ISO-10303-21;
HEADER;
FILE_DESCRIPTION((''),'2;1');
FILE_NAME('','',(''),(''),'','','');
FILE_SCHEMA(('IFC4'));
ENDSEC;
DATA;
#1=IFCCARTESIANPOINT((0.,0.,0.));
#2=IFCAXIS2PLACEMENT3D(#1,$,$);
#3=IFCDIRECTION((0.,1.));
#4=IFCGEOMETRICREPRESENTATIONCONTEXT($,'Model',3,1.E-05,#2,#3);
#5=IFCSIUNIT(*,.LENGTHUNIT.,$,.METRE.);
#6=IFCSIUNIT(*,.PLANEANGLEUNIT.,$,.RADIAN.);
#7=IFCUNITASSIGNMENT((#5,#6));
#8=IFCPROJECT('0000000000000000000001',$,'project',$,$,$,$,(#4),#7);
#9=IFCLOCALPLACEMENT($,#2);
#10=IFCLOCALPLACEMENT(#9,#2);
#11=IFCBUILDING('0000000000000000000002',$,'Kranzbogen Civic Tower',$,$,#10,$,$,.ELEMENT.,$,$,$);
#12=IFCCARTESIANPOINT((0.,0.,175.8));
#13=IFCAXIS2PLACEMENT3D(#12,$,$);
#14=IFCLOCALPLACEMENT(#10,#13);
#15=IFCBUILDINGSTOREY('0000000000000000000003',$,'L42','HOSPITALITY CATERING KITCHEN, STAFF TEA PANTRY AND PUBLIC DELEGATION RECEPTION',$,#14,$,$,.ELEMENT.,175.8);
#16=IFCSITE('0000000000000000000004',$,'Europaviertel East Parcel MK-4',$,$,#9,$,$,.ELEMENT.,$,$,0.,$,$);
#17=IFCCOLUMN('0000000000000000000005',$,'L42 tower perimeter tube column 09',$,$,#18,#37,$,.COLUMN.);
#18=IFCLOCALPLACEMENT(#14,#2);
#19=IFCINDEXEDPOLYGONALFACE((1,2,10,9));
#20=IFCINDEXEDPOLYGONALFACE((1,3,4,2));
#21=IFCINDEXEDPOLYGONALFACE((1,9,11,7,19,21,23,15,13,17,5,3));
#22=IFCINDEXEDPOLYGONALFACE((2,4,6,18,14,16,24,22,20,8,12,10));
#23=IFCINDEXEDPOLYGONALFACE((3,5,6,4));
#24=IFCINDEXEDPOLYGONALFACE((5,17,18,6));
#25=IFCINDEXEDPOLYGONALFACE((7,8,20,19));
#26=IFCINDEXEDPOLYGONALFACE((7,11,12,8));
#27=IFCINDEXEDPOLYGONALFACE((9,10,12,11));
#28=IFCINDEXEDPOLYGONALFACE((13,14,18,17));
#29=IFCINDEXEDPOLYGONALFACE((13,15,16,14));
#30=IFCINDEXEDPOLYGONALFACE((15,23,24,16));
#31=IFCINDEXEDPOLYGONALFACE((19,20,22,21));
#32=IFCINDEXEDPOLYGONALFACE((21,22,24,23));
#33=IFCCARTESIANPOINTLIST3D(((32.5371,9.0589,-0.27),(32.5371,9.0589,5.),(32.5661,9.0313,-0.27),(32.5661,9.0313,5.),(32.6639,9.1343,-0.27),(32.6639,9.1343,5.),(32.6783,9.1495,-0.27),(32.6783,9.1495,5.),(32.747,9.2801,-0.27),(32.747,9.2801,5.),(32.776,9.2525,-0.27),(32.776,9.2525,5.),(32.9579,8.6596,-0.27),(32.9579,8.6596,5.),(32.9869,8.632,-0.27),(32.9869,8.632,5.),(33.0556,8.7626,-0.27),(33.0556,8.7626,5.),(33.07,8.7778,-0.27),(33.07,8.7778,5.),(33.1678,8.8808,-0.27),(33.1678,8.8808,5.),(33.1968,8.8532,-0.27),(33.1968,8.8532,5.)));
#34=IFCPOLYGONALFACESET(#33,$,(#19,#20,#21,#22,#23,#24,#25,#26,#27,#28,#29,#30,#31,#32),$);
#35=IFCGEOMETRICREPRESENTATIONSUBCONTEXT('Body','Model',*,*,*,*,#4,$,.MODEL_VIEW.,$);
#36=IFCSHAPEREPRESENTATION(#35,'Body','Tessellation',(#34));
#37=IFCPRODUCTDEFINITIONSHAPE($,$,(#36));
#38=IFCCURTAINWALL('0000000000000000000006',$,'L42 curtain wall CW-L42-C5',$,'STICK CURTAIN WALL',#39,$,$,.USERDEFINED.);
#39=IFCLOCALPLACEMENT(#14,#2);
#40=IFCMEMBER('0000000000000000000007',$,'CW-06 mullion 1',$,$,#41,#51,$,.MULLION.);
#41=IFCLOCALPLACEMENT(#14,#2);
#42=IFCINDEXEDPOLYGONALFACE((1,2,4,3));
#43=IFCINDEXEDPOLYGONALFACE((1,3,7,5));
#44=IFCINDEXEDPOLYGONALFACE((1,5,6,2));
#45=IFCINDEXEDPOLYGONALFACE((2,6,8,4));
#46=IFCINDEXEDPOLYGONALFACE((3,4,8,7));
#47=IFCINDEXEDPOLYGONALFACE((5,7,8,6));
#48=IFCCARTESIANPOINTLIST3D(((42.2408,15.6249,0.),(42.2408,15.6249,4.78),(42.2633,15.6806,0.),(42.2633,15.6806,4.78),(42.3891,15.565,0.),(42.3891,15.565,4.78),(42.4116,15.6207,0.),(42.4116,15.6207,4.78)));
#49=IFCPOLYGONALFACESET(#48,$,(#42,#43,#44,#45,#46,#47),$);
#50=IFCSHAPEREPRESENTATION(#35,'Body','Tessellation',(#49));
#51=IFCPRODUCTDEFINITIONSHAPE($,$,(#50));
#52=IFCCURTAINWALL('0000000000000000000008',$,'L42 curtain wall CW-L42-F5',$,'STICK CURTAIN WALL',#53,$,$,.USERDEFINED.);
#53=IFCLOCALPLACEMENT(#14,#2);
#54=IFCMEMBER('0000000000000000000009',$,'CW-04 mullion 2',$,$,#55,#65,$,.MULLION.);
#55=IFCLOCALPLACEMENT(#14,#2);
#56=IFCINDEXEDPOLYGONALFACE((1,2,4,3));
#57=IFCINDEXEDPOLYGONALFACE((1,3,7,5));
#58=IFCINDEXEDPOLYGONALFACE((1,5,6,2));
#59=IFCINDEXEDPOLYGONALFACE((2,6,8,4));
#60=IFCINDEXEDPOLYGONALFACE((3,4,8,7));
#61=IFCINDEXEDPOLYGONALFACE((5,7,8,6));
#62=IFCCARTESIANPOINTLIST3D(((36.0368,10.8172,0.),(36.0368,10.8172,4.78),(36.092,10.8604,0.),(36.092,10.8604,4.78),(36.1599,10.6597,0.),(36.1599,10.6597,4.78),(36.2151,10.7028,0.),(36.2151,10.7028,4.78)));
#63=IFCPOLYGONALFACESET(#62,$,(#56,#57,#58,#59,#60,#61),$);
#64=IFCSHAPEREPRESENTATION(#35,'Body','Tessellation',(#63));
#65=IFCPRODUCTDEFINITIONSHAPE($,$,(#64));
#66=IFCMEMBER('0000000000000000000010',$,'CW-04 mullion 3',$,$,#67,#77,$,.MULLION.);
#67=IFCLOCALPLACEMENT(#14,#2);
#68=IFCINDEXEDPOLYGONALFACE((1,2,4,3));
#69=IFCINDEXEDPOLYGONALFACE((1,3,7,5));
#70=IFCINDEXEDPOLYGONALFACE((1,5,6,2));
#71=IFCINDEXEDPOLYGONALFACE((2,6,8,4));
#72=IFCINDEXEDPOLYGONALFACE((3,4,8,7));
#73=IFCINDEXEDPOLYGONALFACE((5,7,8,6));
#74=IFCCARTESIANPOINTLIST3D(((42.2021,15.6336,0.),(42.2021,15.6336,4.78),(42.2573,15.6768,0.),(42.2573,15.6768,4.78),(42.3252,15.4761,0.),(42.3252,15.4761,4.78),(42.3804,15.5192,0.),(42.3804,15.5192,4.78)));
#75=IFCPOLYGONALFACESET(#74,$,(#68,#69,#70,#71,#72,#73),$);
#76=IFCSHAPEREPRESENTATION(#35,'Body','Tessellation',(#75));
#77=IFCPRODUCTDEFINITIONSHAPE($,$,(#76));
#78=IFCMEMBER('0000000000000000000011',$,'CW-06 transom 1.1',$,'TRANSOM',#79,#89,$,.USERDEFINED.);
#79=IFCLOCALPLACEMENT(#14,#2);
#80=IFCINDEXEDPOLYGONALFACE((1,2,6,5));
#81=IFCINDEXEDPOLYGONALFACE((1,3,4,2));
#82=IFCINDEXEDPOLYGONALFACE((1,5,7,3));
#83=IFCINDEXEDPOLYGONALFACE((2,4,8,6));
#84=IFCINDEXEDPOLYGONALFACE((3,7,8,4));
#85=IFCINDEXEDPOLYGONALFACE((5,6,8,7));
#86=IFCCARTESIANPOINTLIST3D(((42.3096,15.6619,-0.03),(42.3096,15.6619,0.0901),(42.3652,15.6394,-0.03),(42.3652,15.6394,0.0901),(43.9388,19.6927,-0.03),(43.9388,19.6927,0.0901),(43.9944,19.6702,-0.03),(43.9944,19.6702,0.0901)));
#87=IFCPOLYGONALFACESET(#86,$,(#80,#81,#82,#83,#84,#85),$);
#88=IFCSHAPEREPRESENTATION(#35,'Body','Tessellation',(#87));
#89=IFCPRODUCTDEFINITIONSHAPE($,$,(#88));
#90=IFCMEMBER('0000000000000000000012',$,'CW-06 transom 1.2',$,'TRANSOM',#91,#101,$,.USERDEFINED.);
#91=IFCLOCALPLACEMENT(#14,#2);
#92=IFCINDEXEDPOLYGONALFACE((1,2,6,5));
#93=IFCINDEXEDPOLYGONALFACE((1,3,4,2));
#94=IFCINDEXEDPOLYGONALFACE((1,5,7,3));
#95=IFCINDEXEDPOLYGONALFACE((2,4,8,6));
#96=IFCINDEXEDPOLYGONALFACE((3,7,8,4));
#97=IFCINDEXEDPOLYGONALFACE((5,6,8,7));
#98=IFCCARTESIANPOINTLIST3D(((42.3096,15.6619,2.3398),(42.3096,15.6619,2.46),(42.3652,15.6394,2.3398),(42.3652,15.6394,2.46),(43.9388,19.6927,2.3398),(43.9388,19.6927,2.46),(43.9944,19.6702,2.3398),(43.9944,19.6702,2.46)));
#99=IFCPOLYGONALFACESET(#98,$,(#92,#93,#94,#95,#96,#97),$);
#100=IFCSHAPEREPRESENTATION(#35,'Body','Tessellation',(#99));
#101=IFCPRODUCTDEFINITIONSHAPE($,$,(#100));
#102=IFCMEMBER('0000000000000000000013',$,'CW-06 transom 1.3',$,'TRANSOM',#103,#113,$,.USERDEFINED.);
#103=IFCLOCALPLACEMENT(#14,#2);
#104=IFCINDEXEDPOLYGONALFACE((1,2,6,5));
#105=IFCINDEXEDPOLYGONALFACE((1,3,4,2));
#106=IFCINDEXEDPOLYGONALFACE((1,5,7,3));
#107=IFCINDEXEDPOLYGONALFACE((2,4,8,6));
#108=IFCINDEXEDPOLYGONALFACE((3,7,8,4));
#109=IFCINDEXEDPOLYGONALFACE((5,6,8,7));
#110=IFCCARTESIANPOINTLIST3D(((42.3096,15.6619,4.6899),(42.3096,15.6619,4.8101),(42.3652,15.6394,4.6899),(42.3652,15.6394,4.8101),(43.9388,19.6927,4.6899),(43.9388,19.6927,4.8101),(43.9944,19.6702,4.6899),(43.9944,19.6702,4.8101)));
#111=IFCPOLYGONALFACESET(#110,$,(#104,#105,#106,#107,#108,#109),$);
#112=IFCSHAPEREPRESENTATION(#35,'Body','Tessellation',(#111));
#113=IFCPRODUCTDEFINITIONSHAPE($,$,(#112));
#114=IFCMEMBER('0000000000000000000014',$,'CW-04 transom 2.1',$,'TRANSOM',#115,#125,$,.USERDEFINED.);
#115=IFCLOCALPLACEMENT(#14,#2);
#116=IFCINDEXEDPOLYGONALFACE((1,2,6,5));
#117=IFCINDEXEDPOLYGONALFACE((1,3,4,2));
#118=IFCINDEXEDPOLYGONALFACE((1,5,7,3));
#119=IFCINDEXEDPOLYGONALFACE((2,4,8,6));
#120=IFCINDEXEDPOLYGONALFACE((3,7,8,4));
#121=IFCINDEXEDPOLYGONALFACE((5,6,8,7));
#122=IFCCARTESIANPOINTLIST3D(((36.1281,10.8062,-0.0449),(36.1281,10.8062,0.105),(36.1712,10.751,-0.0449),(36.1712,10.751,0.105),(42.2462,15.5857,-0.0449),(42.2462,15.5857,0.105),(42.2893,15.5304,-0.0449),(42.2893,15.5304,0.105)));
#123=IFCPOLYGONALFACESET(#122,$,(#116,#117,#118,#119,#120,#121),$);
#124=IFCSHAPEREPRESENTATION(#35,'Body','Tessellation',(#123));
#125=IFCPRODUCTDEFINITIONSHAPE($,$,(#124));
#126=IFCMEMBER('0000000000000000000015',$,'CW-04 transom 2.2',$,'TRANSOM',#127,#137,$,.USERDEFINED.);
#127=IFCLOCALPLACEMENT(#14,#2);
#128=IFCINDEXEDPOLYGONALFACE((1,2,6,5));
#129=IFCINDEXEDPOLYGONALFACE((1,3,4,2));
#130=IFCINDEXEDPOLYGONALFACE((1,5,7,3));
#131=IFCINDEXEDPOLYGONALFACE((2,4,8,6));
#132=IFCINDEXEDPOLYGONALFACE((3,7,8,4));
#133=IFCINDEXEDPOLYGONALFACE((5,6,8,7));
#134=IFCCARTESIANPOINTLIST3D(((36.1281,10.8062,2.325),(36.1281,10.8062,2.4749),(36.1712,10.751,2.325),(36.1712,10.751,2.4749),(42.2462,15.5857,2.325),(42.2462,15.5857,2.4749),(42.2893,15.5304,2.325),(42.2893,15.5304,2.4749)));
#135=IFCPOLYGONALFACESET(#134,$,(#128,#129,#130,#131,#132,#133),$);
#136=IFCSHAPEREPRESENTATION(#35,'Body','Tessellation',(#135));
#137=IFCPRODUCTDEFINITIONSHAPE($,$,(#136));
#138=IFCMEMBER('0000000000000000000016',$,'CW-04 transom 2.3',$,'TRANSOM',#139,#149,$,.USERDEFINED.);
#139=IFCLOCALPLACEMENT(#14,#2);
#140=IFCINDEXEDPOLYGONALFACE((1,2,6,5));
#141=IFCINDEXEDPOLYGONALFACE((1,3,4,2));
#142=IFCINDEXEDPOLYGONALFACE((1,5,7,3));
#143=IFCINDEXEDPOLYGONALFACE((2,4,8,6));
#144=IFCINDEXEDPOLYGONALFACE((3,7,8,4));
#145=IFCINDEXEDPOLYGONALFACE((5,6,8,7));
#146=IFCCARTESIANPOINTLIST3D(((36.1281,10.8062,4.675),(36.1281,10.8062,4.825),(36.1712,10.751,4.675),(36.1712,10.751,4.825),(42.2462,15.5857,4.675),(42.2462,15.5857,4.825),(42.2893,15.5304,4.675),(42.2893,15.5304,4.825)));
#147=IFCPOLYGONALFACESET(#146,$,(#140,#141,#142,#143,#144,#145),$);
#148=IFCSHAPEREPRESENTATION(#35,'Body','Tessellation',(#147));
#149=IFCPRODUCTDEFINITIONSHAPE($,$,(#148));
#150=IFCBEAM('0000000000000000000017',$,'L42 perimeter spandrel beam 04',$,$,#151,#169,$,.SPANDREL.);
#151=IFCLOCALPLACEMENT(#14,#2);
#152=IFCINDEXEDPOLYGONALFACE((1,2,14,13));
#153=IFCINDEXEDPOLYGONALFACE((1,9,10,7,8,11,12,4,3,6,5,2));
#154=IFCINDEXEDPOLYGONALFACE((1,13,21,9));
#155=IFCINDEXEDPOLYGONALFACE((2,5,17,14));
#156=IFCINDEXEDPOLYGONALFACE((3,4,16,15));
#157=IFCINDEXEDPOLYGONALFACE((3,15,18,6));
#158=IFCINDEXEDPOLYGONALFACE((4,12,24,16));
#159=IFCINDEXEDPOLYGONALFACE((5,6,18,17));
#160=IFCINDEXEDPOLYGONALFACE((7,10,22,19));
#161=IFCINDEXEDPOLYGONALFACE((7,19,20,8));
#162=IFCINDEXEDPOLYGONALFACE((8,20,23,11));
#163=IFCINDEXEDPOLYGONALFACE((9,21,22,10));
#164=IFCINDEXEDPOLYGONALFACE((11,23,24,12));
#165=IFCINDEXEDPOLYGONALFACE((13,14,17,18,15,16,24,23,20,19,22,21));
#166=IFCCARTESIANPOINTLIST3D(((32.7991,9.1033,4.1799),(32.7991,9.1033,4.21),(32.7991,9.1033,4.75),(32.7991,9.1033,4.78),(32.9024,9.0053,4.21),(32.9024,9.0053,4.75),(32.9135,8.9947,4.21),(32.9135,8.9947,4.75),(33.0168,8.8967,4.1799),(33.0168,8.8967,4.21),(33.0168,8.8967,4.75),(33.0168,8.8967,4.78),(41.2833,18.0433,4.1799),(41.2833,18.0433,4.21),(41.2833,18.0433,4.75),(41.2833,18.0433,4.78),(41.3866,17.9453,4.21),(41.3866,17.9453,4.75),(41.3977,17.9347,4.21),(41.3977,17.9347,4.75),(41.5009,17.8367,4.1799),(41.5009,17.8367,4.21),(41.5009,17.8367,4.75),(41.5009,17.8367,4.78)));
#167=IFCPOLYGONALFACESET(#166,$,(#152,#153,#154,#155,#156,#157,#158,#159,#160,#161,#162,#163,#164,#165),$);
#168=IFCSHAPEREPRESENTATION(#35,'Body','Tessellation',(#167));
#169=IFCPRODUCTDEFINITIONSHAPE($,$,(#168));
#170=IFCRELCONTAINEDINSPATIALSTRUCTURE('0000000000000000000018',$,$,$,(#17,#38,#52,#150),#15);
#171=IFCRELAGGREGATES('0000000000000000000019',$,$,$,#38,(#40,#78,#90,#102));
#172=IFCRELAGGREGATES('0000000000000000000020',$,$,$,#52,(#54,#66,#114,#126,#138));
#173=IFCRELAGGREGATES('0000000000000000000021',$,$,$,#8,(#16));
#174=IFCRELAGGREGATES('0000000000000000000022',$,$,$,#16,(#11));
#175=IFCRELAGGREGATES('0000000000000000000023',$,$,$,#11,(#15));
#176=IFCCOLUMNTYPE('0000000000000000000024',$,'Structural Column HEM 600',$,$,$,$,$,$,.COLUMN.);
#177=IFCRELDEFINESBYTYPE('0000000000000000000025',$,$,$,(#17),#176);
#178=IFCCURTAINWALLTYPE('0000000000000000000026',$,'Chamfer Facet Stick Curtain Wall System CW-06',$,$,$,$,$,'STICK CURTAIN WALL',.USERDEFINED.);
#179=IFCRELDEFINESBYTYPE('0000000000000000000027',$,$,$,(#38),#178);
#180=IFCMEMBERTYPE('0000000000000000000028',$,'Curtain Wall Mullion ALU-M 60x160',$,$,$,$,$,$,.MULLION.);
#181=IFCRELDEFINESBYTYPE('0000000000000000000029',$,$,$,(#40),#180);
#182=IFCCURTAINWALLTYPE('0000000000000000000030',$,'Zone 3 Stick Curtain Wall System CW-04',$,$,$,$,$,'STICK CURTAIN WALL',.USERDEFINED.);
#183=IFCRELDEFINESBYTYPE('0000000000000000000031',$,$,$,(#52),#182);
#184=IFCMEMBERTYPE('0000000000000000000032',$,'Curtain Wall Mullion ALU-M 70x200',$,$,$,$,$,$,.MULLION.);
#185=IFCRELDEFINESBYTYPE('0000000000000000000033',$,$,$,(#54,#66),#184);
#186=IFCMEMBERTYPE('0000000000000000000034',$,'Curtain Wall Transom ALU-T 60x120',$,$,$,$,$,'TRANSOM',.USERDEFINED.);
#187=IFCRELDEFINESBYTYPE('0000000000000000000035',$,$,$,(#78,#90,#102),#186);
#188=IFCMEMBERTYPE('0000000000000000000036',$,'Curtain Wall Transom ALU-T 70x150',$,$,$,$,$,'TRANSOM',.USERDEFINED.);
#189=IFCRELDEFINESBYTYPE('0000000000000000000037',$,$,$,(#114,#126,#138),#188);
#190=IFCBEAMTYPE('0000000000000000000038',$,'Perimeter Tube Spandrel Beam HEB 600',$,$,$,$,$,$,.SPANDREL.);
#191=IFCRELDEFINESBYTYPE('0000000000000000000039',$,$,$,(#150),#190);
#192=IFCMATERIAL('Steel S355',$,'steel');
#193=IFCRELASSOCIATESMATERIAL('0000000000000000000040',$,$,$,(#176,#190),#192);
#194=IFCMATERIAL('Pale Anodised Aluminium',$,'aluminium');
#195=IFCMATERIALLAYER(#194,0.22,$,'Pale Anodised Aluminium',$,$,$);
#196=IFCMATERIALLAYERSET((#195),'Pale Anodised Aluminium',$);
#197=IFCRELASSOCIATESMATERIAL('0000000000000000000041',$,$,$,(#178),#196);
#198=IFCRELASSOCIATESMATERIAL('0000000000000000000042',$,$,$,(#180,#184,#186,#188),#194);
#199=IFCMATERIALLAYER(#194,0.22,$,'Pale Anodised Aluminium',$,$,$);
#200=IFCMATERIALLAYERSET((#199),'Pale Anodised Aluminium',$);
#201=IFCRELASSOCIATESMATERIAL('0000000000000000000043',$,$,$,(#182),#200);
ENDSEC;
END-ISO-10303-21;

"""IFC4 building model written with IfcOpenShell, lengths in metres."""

from ifc_helpers import new_model, si_unit, direction, frame, origin, origin_2d, place, context, subcontext, project, spatial, rectangle, i_section, extrude, material, layer, layer_set, material_profile, profile_set, type_object, element, aggregate, save


model = new_model("IFC4")

# Units and contexts
model_context = context("Model", 3, precision=1e-05, world=origin(), true_north=direction((0.0, 1.0)))
body_context = subcontext(model_context, "Body", "Model", "MODEL_VIEW")
ifc_project = project(units=[si_unit("LENGTHUNIT", "METRE"), si_unit("PLANEANGLEUNIT", "RADIAN")], contexts=[model_context])

# Site, building, storey
site_placement = place(None, origin())
site = spatial("IfcSite", under=ifc_project, at=site_placement, Name="Europaviertel East Parcel MK-4", CompositionType="ELEMENT", RefElevation=0.0)
building_placement = place(site_placement, origin())
building = spatial("IfcBuilding", under=site, at=building_placement, Name="Kranzbogen Civic Tower", CompositionType="ELEMENT")
storey_placement = place(building_placement, frame((0.0, 0.0, 175.8)))
storey = spatial("IfcBuildingStorey", under=building, at=storey_placement, Name="L42", Description="HOSPITALITY CATERING KITCHEN, STAFF TEA PANTRY AND PUBLIC DELEGATION RECEPTION", CompositionType="ELEMENT", Elevation=175.8)

# Column
ifc_material_1 = material(Name="Steel S355", Category="steel")
ifc_material_profile_1 = material_profile(ifc_material_1, i_section(OverallWidth=0.3049, OverallDepth=0.6201, WebThickness=0.021, FlangeThickness=0.04, at=origin_2d()), Name="HEM 600")
ifc_profile_set_1 = profile_set([ifc_material_profile_1], Name="Steel S355")
column_type = type_object("IfcColumnType", Name="Structural Column HEM 600", PredefinedType="COLUMN", material=ifc_profile_set_1)
column_placement = place(storey_placement, frame((32.8669, 8.9561, -0.27), z_axis=(0.0, 0.0, 1.0), x_axis=(0.688355, 0.725374, 0.0)))
element("IfcColumn", 1, at=column_placement, inside=storey, type_object=column_type, Name="L42 tower perimeter tube column 09", PredefinedType="COLUMN", context=body_context, shape_type="SweptSolid", body=[
    extrude(i_section(OverallWidth=0.3049, OverallDepth=0.6201, WebThickness=0.021, FlangeThickness=0.04, at=origin_2d()), origin(), (0.0, 0.0, 1.0), 5.27),
])

# Curtain wall, member
ifc_material_2 = material(Name="Pale Anodised Aluminium", Category="aluminium")
ifc_layer_1 = layer(ifc_material_2, 0.22, Name="Pale Anodised Aluminium")
ifc_layer_set_1 = layer_set([ifc_layer_1], Name="Pale Anodised Aluminium")
curtain_wall_type_1 = type_object("IfcCurtainWallType", Name="Chamfer Facet Stick Curtain Wall System CW-06", ElementType="STICK CURTAIN WALL", PredefinedType="USERDEFINED", material=ifc_layer_set_1)
curtain_wall_1_placement = place(storey_placement, origin())
curtain_wall_1 = element("IfcCurtainWall", 2, at=curtain_wall_1_placement, inside=storey, type_object=curtain_wall_type_1, Name="L42 curtain wall CW-L42-C5", ObjectType="STICK CURTAIN WALL", PredefinedType="USERDEFINED")
ifc_material_profile_2 = material_profile(ifc_material_2, rectangle(XDim=0.0601, YDim=0.1599, at=origin_2d()), Name="ALU-M 60x160")
ifc_profile_set_2 = profile_set([ifc_material_profile_2], Name="Pale Anodised Aluminium")
member_type_1 = type_object("IfcMemberType", Name="Curtain Wall Mullion ALU-M 60x160", PredefinedType="MULLION", material=ifc_profile_set_2)
member_1_placement = place(storey_placement, frame((42.3262, 15.6228, 0.0), z_axis=(0.0, 0.0, 1.0), x_axis=(0.374707, 0.927143, 0.0)))
member_1 = element("IfcMember", 3, at=member_1_placement, type_object=member_type_1, Name="CW-06 mullion 1", PredefinedType="MULLION", context=body_context, shape_type="SweptSolid", body=[
    extrude(rectangle(XDim=0.0601, YDim=0.1599, at=origin_2d()), origin(), (0.0, 0.0, 1.0), 4.78),
])

# Curtain wall, members
ifc_layer_2 = layer(ifc_material_2, 0.22, Name="Pale Anodised Aluminium")
ifc_layer_set_2 = layer_set([ifc_layer_2], Name="Pale Anodised Aluminium")
curtain_wall_type_2 = type_object("IfcCurtainWallType", Name="Zone 3 Stick Curtain Wall System CW-04", ElementType="STICK CURTAIN WALL", PredefinedType="USERDEFINED", material=ifc_layer_set_2)
curtain_wall_2_placement = place(storey_placement, origin())
curtain_wall_2 = element("IfcCurtainWall", 4, at=curtain_wall_2_placement, inside=storey, type_object=curtain_wall_type_2, Name="L42 curtain wall CW-L42-F5", ObjectType="STICK CURTAIN WALL", PredefinedType="USERDEFINED")
ifc_material_profile_3 = material_profile(ifc_material_2, rectangle(XDim=0.0701, YDim=0.2, at=origin_2d()), Name="ALU-M 70x200")
ifc_profile_set_3 = profile_set([ifc_material_profile_3], Name="Pale Anodised Aluminium")
member_type_2 = type_object("IfcMemberType", Name="Curtain Wall Mullion ALU-M 70x200", PredefinedType="MULLION", material=ifc_profile_set_3)
member_2_placement = place(storey_placement, frame((36.126, 10.76, 0.0), z_axis=(0.0, 0.0, 1.0), x_axis=(0.788034, 0.615632, 0.0)))
member_2 = element("IfcMember", 5, at=member_2_placement, type_object=member_type_2, Name="CW-04 mullion 2", PredefinedType="MULLION", context=body_context, shape_type="SweptSolid", body=[
    extrude(rectangle(XDim=0.0701, YDim=0.2, at=origin_2d()), origin(), (0.0, 0.0, 1.0), 4.78),
])
member_3_placement = place(storey_placement, frame((42.2913, 15.5764, 0.0), z_axis=(0.0, 0.0, 1.0), x_axis=(0.788034, 0.615632, 0.0)))
member_3 = element("IfcMember", 6, at=member_3_placement, type_object=member_type_2, Name="CW-04 mullion 3", PredefinedType="MULLION", context=body_context, shape_type="SweptSolid", body=[
    extrude(rectangle(XDim=0.0701, YDim=0.2, at=origin_2d()), origin(), (0.0, 0.0, 1.0), 4.78),
])

# Members
ifc_material_profile_4 = material_profile(ifc_material_2, rectangle(XDim=0.0601, YDim=0.1201, at=origin_2d()), Name="ALU-T 60x120")
ifc_profile_set_4 = profile_set([ifc_material_profile_4], Name="Pale Anodised Aluminium")
member_type_3 = type_object("IfcMemberType", Name="Curtain Wall Transom ALU-T 60x120", ElementType="TRANSOM", PredefinedType="USERDEFINED", material=ifc_profile_set_4)
member_4_placement = place(storey_placement, frame((42.3374, 15.6506, 0.03), z_axis=(0.374729, 0.927135, 0.0), x_axis=(-0.927135, 0.374729, 0.0)))
member_4 = element("IfcMember", 7, at=member_4_placement, type_object=member_type_3, Name="CW-06 transom 1.1", ObjectType="TRANSOM", PredefinedType="USERDEFINED", context=body_context, shape_type="SweptSolid", body=[
    extrude(rectangle(XDim=0.0601, YDim=0.1201, at=origin_2d()), origin(), (0.0, 0.0, 1.0), 4.3477),
])
member_5_placement = place(storey_placement, frame((42.3374, 15.6506, 2.3999), z_axis=(0.374729, 0.927135, 0.0), x_axis=(-0.927135, 0.374729, 0.0)))
member_5 = element("IfcMember", 8, at=member_5_placement, type_object=member_type_3, Name="CW-06 transom 1.2", ObjectType="TRANSOM", PredefinedType="USERDEFINED", context=body_context, shape_type="SweptSolid", body=[
    extrude(rectangle(XDim=0.0601, YDim=0.1201, at=origin_2d()), origin(), (0.0, 0.0, 1.0), 4.3477),
])
member_6_placement = place(storey_placement, frame((42.3374, 15.6506, 4.75), z_axis=(0.374729, 0.927135, 0.0), x_axis=(-0.927135, 0.374729, 0.0)))
member_6 = element("IfcMember", 9, at=member_6_placement, type_object=member_type_3, Name="CW-06 transom 1.3", ObjectType="TRANSOM", PredefinedType="USERDEFINED", context=body_context, shape_type="SweptSolid", body=[
    extrude(rectangle(XDim=0.0601, YDim=0.1201, at=origin_2d()), origin(), (0.0, 0.0, 1.0), 4.3477),
])
aggregate(curtain_wall_1, [member_1, member_4, member_5, member_6])
ifc_material_profile_5 = material_profile(ifc_material_2, rectangle(XDim=0.0701, YDim=0.1499, at=origin_2d()), Name="ALU-T 70x150")
ifc_profile_set_5 = profile_set([ifc_material_profile_5], Name="Pale Anodised Aluminium")
member_type_4 = type_object("IfcMemberType", Name="Curtain Wall Transom ALU-T 70x150", ElementType="TRANSOM", PredefinedType="USERDEFINED", material=ifc_profile_set_5)
member_7_placement = place(storey_placement, frame((36.1497, 10.7786, 0.03), z_axis=(0.788042, 0.615622, 0.0), x_axis=(-0.615622, 0.788042, 0.0)))
member_7 = element("IfcMember", 10, at=member_7_placement, type_object=member_type_4, Name="CW-04 transom 2.1", ObjectType="TRANSOM", PredefinedType="USERDEFINED", context=body_context, shape_type="SweptSolid", body=[
    extrude(rectangle(XDim=0.0701, YDim=0.1499, at=origin_2d()), origin(), (0.0, 0.0, 1.0), 7.7637),
])
member_8_placement = place(storey_placement, frame((36.1497, 10.7786, 2.3999), z_axis=(0.788042, 0.615622, 0.0), x_axis=(-0.615622, 0.788042, 0.0)))
member_8 = element("IfcMember", 11, at=member_8_placement, type_object=member_type_4, Name="CW-04 transom 2.2", ObjectType="TRANSOM", PredefinedType="USERDEFINED", context=body_context, shape_type="SweptSolid", body=[
    extrude(rectangle(XDim=0.0701, YDim=0.1499, at=origin_2d()), origin(), (0.0, 0.0, 1.0), 7.7637),
])
member_9_placement = place(storey_placement, frame((36.1497, 10.7786, 4.75), z_axis=(0.788042, 0.615622, 0.0), x_axis=(-0.615622, 0.788042, 0.0)))
member_9 = element("IfcMember", 12, at=member_9_placement, type_object=member_type_4, Name="CW-04 transom 2.3", ObjectType="TRANSOM", PredefinedType="USERDEFINED", context=body_context, shape_type="SweptSolid", body=[
    extrude(rectangle(XDim=0.0701, YDim=0.1499, at=origin_2d()), origin(), (0.0, 0.0, 1.0), 7.7637),
])

# Beam
ifc_material_profile_6 = material_profile(ifc_material_1, i_section(OverallWidth=0.3, OverallDepth=0.6001, WebThickness=0.0154, FlangeThickness=0.03, at=origin_2d()), Name="HEB 600")
ifc_profile_set_6 = profile_set([ifc_material_profile_6], Name="Steel S355")
beam_type_1 = type_object("IfcBeamType", Name="Perimeter Tube Spandrel Beam HEB 600", PredefinedType="SPANDREL", material=ifc_profile_set_6)
beam_1_placement = place(storey_placement, frame((32.908, 9.0, 4.48), z_axis=(0.688373, 0.725356, 0.0), x_axis=(-0.725356, 0.688373, 0.0)))
element("IfcBeam", 13, at=beam_1_placement, inside=storey, type_object=beam_type_1, Name="L42 perimeter spandrel beam 04", PredefinedType="SPANDREL", context=body_context, shape_type="SweptSolid", body=[
    extrude(i_section(OverallWidth=0.3, OverallDepth=0.6001, WebThickness=0.0154, FlangeThickness=0.03, at=origin_2d()), origin(), (0.0, 0.0, 1.0), 12.325),
])

aggregate(curtain_wall_2, [member_2, member_3, member_7, member_8, member_9])

save(model, "model.ifc")
